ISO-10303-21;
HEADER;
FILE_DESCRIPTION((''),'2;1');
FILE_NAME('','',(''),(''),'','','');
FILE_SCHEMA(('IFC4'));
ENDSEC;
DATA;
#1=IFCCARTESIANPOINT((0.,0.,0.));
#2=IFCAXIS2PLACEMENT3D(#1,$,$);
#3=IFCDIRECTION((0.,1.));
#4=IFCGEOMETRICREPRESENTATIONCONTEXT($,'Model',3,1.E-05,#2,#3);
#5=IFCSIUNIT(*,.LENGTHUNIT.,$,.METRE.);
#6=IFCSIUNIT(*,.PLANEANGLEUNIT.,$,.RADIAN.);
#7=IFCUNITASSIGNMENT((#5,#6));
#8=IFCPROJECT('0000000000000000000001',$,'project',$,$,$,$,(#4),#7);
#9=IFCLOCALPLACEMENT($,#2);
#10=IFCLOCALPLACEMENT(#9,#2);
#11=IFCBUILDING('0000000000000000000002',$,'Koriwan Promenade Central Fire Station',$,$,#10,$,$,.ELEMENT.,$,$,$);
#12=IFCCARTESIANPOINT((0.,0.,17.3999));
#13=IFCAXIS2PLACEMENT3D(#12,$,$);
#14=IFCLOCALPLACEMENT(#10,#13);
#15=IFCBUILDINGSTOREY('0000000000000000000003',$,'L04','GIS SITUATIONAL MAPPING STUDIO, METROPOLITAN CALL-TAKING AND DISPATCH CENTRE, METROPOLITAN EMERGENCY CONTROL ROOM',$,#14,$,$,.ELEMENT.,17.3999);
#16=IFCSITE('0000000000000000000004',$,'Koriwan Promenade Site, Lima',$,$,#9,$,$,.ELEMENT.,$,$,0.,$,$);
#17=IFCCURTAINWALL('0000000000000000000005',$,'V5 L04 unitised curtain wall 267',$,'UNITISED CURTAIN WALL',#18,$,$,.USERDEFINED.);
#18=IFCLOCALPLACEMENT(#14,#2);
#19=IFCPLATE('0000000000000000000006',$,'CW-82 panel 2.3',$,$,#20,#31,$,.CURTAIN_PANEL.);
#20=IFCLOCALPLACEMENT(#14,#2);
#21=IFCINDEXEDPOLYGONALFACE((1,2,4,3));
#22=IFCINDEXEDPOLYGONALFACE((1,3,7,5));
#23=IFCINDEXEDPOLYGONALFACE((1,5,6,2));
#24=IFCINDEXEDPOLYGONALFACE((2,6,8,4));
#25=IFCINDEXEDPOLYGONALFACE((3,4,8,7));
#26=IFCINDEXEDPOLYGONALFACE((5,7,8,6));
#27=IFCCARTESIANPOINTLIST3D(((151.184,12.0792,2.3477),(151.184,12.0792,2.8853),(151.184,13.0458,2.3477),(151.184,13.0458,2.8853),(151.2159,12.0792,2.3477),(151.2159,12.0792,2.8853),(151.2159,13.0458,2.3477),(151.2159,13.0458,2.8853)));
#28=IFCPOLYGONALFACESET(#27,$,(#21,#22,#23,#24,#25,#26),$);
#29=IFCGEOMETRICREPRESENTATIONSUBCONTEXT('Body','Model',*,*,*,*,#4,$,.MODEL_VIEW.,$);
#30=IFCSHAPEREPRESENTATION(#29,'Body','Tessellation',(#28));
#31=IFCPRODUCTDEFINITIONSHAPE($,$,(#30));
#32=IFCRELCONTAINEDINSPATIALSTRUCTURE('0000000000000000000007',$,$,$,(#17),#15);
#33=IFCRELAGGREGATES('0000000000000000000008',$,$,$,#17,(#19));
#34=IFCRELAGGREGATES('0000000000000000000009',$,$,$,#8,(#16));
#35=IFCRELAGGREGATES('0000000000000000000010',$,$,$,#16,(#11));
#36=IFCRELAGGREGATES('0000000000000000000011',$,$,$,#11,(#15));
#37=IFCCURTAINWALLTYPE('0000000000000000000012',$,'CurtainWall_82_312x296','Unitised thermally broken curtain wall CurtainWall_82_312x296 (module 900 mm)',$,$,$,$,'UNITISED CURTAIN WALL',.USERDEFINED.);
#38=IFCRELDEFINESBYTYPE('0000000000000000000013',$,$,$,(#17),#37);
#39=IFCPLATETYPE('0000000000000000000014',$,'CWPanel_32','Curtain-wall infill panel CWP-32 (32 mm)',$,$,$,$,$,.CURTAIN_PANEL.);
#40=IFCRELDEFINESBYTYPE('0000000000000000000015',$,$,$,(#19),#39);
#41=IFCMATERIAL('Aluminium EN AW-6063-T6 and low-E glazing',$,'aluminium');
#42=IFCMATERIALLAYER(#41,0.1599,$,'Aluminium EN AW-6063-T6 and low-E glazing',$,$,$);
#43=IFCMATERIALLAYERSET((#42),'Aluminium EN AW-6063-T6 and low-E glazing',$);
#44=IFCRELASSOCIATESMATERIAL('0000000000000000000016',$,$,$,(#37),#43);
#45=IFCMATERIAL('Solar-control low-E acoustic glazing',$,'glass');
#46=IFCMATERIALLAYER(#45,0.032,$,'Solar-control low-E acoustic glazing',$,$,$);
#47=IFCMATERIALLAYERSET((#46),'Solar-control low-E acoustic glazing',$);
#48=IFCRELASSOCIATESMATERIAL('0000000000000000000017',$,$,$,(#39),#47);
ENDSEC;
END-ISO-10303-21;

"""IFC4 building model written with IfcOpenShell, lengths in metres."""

from ifc_helpers import new_model, si_unit, direction, frame, origin, origin_2d, place, context, subcontext, project, spatial, rectangle, extrude, material, layer, layer_set, type_object, element, aggregate, save


model = new_model("IFC4")

# Units and contexts
model_context = context("Model", 3, precision=1e-05, world=origin(), true_north=direction((0.0, 1.0)))
body_context = subcontext(model_context, "Body", "Model", "MODEL_VIEW")
ifc_project = project(units=[si_unit("LENGTHUNIT", "METRE"), si_unit("PLANEANGLEUNIT", "RADIAN")], contexts=[model_context])

# Site, building, storey
site_placement = place(None, origin())
site = spatial("IfcSite", under=ifc_project, at=site_placement, Name="Koriwan Promenade Site, Lima", CompositionType="ELEMENT", RefElevation=0.0)
building_placement = place(site_placement, origin())
building = spatial("IfcBuilding", under=site, at=building_placement, Name="Koriwan Promenade Central Fire Station", CompositionType="ELEMENT")
storey_placement = place(building_placement, frame((0.0, 0.0, 17.3999)))
storey = spatial("IfcBuildingStorey", under=building, at=storey_placement, Name="L04", Description="GIS SITUATIONAL MAPPING STUDIO, METROPOLITAN CALL-TAKING AND DISPATCH CENTRE, METROPOLITAN EMERGENCY CONTROL ROOM", CompositionType="ELEMENT", Elevation=17.3999)

# Curtain wall
ifc_material_1 = material(Name="Aluminium EN AW-6063-T6 and low-E glazing", Category="aluminium")
ifc_layer_1 = layer(ifc_material_1, 0.1599, Name="Aluminium EN AW-6063-T6 and low-E glazing")
ifc_layer_set_1 = layer_set([ifc_layer_1], Name="Aluminium EN AW-6063-T6 and low-E glazing")
curtain_wall_type_1 = type_object("IfcCurtainWallType", Name="CurtainWall_82_312x296", Description="Unitised thermally broken curtain wall CurtainWall_82_312x296 (module 900 mm)", ElementType="UNITISED CURTAIN WALL", PredefinedType="USERDEFINED", material=ifc_layer_set_1)
curtain_wall_1_placement = place(storey_placement, origin())
curtain_wall_1 = element("IfcCurtainWall", 1, at=curtain_wall_1_placement, inside=storey, type_object=curtain_wall_type_1, Name="V5 L04 unitised curtain wall 267", ObjectType="UNITISED CURTAIN WALL", PredefinedType="USERDEFINED")

# Plate
ifc_material_2 = material(Name="Solar-control low-E acoustic glazing", Category="glass")
ifc_layer_2 = layer(ifc_material_2, 0.032, Name="Solar-control low-E acoustic glazing")
ifc_layer_set_2 = layer_set([ifc_layer_2], Name="Solar-control low-E acoustic glazing")
plate_type_1 = type_object("IfcPlateType", Name="CWPanel_32", Description="Curtain-wall infill panel CWP-32 (32 mm)", PredefinedType="CURTAIN_PANEL", material=ifc_layer_set_2)
plate_1_placement = place(storey_placement, frame((151.2, 12.5625, 2.3477), z_axis=(0.0, 0.0, 1.0), x_axis=(0.0, -1.0, 0.0)))
plate_1 = element("IfcPlate", 2, at=plate_1_placement, type_object=plate_type_1, Name="CW-82 panel 2.3", PredefinedType="CURTAIN_PANEL", context=body_context, shape_type="SweptSolid", body=[
    extrude(rectangle(XDim=0.9666, YDim=0.032, at=origin_2d()), origin(), (0.0, 0.0, 1.0), 0.5376),
])
aggregate(curtain_wall_1, [plate_1])

save(model, "model.ifc")
